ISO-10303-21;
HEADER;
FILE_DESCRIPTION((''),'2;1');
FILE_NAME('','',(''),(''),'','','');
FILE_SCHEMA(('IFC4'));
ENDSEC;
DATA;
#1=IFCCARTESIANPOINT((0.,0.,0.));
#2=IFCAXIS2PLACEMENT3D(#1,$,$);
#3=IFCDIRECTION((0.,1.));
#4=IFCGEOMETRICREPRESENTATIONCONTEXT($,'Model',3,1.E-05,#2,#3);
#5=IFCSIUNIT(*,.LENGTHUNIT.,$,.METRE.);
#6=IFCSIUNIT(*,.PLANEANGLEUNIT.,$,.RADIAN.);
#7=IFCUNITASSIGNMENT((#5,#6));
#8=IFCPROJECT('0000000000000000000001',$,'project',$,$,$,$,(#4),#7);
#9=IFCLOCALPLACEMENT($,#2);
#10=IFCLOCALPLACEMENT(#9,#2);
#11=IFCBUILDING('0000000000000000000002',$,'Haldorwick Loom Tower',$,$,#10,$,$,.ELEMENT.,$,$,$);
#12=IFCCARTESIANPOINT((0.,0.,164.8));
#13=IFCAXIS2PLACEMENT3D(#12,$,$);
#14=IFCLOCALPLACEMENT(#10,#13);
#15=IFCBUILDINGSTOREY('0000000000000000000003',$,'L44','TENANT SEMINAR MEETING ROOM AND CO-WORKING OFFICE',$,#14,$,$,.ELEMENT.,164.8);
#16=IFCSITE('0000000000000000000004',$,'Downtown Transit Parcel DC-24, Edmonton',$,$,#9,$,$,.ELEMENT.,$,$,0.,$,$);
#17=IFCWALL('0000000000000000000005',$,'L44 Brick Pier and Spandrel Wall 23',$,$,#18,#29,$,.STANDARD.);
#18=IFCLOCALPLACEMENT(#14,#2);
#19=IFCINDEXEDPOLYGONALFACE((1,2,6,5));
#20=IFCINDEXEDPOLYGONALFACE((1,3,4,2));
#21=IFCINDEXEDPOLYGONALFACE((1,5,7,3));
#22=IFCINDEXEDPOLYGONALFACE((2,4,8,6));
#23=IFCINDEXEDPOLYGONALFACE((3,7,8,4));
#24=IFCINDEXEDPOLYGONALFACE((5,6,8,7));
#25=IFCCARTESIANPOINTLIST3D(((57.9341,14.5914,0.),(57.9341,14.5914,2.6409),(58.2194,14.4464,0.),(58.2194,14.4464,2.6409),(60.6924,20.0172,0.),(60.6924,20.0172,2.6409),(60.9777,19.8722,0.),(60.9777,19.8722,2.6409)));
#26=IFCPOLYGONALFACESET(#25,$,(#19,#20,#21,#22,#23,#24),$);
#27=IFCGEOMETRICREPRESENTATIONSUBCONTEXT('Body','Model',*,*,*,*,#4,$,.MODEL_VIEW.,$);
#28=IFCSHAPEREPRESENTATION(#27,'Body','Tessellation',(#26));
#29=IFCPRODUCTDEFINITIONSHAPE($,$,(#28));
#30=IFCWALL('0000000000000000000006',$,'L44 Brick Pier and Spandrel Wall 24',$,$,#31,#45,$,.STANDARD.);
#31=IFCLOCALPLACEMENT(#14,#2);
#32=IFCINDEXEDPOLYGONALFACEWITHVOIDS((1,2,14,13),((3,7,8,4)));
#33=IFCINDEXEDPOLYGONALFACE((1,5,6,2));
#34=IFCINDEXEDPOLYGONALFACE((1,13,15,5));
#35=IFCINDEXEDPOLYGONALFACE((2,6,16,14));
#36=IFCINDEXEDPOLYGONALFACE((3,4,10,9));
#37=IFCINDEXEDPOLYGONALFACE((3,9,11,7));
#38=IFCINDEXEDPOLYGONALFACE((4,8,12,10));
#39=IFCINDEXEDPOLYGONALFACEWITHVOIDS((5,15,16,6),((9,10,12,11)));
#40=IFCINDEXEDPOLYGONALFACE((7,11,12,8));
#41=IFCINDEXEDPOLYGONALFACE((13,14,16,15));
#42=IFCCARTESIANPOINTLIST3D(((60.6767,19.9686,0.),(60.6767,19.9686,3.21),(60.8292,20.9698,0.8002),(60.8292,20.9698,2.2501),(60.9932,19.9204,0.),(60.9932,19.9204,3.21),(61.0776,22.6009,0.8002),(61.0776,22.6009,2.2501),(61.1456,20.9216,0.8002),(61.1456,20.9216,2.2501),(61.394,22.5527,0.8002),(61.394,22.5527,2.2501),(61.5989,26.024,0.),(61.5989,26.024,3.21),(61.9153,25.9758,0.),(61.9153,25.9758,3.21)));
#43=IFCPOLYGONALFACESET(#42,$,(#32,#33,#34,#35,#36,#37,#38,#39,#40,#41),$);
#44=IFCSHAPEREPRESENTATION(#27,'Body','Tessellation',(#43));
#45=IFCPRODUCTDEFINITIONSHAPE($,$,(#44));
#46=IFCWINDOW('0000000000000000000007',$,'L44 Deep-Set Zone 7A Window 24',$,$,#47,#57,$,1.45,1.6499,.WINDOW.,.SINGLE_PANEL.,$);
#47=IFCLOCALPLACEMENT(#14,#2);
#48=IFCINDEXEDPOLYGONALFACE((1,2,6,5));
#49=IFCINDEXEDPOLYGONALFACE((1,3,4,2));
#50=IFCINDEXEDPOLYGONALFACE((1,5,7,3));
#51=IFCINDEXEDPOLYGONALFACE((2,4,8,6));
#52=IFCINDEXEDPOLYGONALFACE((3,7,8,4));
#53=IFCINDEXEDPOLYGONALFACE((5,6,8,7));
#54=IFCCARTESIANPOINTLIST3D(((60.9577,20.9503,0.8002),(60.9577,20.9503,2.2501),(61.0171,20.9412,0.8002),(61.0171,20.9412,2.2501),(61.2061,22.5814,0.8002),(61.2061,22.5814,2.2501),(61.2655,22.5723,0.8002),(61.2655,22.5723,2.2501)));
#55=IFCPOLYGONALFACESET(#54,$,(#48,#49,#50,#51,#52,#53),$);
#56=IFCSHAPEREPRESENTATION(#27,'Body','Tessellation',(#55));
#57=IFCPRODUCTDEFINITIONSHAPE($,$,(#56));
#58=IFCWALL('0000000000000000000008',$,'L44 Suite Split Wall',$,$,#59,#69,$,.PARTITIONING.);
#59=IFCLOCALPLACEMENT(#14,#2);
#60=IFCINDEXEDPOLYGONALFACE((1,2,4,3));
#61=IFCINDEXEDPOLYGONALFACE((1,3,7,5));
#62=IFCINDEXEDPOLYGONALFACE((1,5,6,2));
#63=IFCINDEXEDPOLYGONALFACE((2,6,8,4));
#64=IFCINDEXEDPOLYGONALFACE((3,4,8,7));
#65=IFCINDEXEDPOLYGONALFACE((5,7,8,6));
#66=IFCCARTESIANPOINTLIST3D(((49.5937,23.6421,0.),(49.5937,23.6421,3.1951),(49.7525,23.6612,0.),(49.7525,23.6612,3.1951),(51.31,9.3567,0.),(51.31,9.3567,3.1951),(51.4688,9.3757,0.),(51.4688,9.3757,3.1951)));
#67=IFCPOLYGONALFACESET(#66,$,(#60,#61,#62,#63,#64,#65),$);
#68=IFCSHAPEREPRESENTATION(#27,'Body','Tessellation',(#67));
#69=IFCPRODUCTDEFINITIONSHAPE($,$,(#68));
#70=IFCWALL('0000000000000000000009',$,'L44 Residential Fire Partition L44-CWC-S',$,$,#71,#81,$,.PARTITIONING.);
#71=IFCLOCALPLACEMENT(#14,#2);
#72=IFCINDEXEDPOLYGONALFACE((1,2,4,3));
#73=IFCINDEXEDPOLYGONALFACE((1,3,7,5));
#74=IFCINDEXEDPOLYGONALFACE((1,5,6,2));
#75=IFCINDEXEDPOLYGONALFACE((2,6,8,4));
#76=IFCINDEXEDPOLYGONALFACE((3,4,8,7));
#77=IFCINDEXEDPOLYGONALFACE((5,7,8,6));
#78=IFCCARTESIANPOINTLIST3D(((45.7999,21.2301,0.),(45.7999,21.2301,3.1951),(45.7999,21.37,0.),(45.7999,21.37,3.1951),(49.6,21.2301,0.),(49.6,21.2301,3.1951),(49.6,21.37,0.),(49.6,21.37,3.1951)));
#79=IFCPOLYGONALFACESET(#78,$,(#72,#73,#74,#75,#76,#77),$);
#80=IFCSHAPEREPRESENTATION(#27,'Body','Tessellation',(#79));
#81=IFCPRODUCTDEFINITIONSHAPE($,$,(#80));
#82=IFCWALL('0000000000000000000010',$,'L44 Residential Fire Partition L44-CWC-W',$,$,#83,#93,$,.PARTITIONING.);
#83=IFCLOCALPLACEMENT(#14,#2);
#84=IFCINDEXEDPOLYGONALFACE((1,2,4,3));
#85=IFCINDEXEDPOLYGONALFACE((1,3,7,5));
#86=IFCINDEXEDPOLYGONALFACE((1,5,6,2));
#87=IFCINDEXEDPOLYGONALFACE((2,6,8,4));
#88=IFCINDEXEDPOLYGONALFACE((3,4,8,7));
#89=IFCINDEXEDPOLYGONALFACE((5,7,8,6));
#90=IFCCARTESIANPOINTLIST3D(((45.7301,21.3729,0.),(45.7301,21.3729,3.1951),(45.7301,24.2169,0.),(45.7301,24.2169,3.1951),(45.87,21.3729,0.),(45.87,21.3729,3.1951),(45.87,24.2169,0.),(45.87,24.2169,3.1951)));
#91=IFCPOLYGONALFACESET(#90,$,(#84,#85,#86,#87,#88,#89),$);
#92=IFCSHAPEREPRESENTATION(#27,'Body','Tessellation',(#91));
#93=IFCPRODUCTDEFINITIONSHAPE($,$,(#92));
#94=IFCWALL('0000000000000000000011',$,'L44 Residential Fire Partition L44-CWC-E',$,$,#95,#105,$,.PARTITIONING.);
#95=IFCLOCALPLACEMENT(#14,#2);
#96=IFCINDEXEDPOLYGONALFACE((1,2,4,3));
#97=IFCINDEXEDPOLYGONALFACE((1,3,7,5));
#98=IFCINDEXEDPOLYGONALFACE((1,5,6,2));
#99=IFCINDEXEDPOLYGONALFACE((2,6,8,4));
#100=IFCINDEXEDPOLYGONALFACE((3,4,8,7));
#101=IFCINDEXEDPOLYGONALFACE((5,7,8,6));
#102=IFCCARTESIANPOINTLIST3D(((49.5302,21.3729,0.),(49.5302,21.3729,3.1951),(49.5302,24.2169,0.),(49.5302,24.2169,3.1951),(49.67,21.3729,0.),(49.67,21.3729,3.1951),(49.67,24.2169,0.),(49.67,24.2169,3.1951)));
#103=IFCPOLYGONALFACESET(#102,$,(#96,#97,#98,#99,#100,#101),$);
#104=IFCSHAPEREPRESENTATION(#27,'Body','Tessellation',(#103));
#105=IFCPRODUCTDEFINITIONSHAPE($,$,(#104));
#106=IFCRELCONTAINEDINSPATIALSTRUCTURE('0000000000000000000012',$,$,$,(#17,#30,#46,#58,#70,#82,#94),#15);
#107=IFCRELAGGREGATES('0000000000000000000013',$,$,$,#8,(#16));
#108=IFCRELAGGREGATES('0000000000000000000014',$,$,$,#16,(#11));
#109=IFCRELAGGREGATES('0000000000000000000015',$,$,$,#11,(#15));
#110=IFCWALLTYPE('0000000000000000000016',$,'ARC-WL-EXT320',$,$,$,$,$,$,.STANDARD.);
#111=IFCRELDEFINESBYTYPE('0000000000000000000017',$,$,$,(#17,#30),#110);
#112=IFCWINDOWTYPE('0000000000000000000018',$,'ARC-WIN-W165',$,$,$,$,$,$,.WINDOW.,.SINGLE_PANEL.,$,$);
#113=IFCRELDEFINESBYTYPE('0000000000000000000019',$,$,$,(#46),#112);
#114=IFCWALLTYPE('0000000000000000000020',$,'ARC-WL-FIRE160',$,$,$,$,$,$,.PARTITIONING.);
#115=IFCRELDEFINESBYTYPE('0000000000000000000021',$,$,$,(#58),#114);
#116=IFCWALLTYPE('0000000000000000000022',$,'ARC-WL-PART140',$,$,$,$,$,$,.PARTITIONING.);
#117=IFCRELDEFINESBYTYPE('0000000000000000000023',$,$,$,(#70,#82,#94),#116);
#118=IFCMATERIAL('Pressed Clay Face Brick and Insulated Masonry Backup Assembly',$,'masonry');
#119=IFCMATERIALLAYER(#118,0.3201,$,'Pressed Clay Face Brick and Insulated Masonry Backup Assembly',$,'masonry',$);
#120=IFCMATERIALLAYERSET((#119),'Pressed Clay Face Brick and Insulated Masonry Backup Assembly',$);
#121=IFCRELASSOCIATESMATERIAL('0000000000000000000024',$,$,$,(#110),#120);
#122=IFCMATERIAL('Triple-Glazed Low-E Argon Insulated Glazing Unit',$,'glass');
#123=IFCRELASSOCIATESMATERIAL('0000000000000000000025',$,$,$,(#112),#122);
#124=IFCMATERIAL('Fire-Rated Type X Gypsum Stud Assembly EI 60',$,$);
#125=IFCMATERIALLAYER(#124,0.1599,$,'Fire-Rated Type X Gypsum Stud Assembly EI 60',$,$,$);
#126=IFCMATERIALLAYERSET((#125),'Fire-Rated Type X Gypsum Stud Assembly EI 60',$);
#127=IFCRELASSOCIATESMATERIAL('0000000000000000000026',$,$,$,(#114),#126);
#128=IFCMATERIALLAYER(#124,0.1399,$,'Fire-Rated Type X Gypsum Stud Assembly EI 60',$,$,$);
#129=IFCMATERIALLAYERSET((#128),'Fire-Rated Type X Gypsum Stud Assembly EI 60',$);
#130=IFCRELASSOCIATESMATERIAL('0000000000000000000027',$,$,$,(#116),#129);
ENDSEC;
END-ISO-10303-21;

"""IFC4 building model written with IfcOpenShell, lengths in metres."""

from ifc_helpers import new_model, si_unit, direction, frame, frame_2d, origin, place, context, subcontext, project, spatial, rectangle, extrude, material, layer, layer_set, type_object, element, fill, save


model = new_model("IFC4")

# Units and contexts
model_context = context("Model", 3, precision=1e-05, world=origin(), true_north=direction((0.0, 1.0)))
body_context = subcontext(model_context, "Body", "Model", "MODEL_VIEW")
ifc_project = project(units=[si_unit("LENGTHUNIT", "METRE"), si_unit("PLANEANGLEUNIT", "RADIAN")], contexts=[model_context])

# Site, building, storey
site_placement = place(None, origin())
site = spatial("IfcSite", under=ifc_project, at=site_placement, Name="Downtown Transit Parcel DC-24, Edmonton", CompositionType="ELEMENT", RefElevation=0.0)
building_placement = place(site_placement, origin())
building = spatial("IfcBuilding", under=site, at=building_placement, Name="Haldorwick Loom Tower", CompositionType="ELEMENT")
storey_placement = place(building_placement, frame((0.0, 0.0, 164.8)))
storey = spatial("IfcBuildingStorey", under=building, at=storey_placement, Name="L44", Description="TENANT SEMINAR MEETING ROOM AND CO-WORKING OFFICE", CompositionType="ELEMENT", Elevation=164.8)

# Shared definitions
ifc_material_1 = material(Name="Pressed Clay Face Brick and Insulated Masonry Backup Assembly", Category="masonry")
ifc_layer_1 = layer(ifc_material_1, 0.3201, Name="Pressed Clay Face Brick and Insulated Masonry Backup Assembly", Category="masonry")
ifc_layer_set_1 = layer_set([ifc_layer_1], Name="Pressed Clay Face Brick and Insulated Masonry Backup Assembly")
wall_type_1 = type_object("IfcWallType", Name="ARC-WL-EXT320", PredefinedType="STANDARD", material=ifc_layer_set_1)

# Wall
for number, where, z_axis, x_axis, name in (
    (1, (58.0767, 14.5188, 0.0), (0.0, 0.0, 1.0), (0.453172, 0.891423, 0.0), "L44 Brick Pier and Spandrel Wall 23"),
):
    element("IfcWall", number, at=place(storey_placement, frame(where, z_axis=z_axis, x_axis=x_axis)), inside=storey, type_object=wall_type_1, Name=name, PredefinedType="STANDARD", context=body_context, shape_type="SweptSolid", body=[
        extrude(rectangle(XDim=6.0867, YDim=0.3201, at=frame_2d((3.0435, 0.0))), origin(), (0.0, 0.0, 1.0), 2.6409),
    ])

# Wall, opening, window
wall_1_placement = place(storey_placement, frame((60.835, 19.9446, 0.0), z_axis=(0.0, 0.0, 1.0), x_axis=(0.150544, 0.988603, 0.0)))
wall_1 = element("IfcWall", 2, at=wall_1_placement, inside=storey, type_object=wall_type_1, Name="L44 Brick Pier and Spandrel Wall 24", PredefinedType="STANDARD", context=body_context, shape_type="SweptSolid", body=[
    extrude(rectangle(XDim=6.1252, YDim=0.3201, at=frame_2d((3.0625, 0.0))), origin(), (0.0, 0.0, 1.0), 3.21),
])
opening_1_placement = place(wall_1_placement, frame((1.0127, 0.0, 0.8)))
opening_1 = element("IfcOpeningElement", 3, at=opening_1_placement, cuts=wall_1, PredefinedType="OPENING", context=body_context, shape_type="SweptSolid", body=[
    extrude(rectangle(XDim=1.6499, YDim=1.45, at=frame_2d((0.825, 0.7251))), frame((0.0, 0.1699, 0.0), z_axis=(0.0, -1.0, 0.0), x_axis=(1.0, 0.0, 0.0)), (0.0, 0.0, 1.0), 0.3401),
])
ifc_material_2 = material(Name="Triple-Glazed Low-E Argon Insulated Glazing Unit", Category="glass")
window_type = type_object("IfcWindowType", Name="ARC-WIN-W165", PartitioningType="SINGLE_PANEL", PredefinedType="WINDOW", material=ifc_material_2)
window_placement = place(opening_1_placement, origin())
window = element("IfcWindow", 4, at=window_placement, inside=storey, type_object=window_type, Name="L44 Deep-Set Zone 7A Window 24", OverallHeight=1.45, OverallWidth=1.6499, PartitioningType="SINGLE_PANEL", PredefinedType="WINDOW", context=body_context, shape_type="SweptSolid", body=[
    extrude(rectangle(XDim=1.6499, YDim=1.45, at=frame_2d((0.825, 0.7251))), frame((0.0, 0.03, 0.0), z_axis=(0.0, -1.0, 0.0), x_axis=(1.0, 0.0, 0.0)), (0.0, 0.0, 1.0), 0.0601),
])
fill(opening_1, window)

# Walls
ifc_material_3 = material(Name="Fire-Rated Type X Gypsum Stud Assembly EI 60")
ifc_layer_2 = layer(ifc_material_3, 0.1599, Name="Fire-Rated Type X Gypsum Stud Assembly EI 60")
ifc_layer_set_2 = layer_set([ifc_layer_2], Name="Fire-Rated Type X Gypsum Stud Assembly EI 60")
wall_type_2 = type_object("IfcWallType", Name="ARC-WL-FIRE160", PredefinedType="PARTITIONING", material=ifc_layer_set_2)
wall_2_placement = place(storey_placement, frame((51.3894, 9.3662, 0.0), z_axis=(0.0, 0.0, 1.0), x_axis=(-0.119286, 0.99286, 0.0)))
element("IfcWall", 5, at=wall_2_placement, inside=storey, type_object=wall_type_2, Name="L44 Suite Split Wall", PredefinedType="PARTITIONING", context=body_context, shape_type="SweptSolid", body=[
    extrude(rectangle(XDim=14.3882, YDim=0.1599, at=frame_2d((7.1941, 0.0))), origin(), (0.0, 0.0, 1.0), 3.1951),
])
ifc_layer_3 = layer(ifc_material_3, 0.1399, Name="Fire-Rated Type X Gypsum Stud Assembly EI 60")
ifc_layer_set_3 = layer_set([ifc_layer_3], Name="Fire-Rated Type X Gypsum Stud Assembly EI 60")
wall_type_3 = type_object("IfcWallType", Name="ARC-WL-PART140", PredefinedType="PARTITIONING", material=ifc_layer_set_3)
wall_3_placement = place(storey_placement, frame((45.8, 21.3, 0.0), z_axis=(0.0, 0.0, 1.0), x_axis=(1.0, 0.0, 0.0)))
element("IfcWall", 6, at=wall_3_placement, inside=storey, type_object=wall_type_3, Name="L44 Residential Fire Partition L44-CWC-S", PredefinedType="PARTITIONING", context=body_context, shape_type="SweptSolid", body=[
    extrude(rectangle(XDim=3.8, YDim=0.1399, at=frame_2d((1.8999, 0.0))), origin(), (0.0, 0.0, 1.0), 3.1951),
])
for number, where, z_axis, x_axis, name in (
    (7, (45.8, 21.373, 0.0), (0.0, 0.0, 1.0), (0.0, 1.0, 0.0), "L44 Residential Fire Partition L44-CWC-W"),
    (8, (49.6001, 21.373, 0.0), (0.0, 0.0, 1.0), (0.0, 1.0, 0.0), "L44 Residential Fire Partition L44-CWC-E"),
):
    element("IfcWall", number, at=place(storey_placement, frame(where, z_axis=z_axis, x_axis=x_axis)), inside=storey, type_object=wall_type_3, Name=name, PredefinedType="PARTITIONING", context=body_context, shape_type="SweptSolid", body=[
        extrude(rectangle(XDim=2.844, YDim=0.1399, at=frame_2d((1.4219, 0.0))), origin(), (0.0, 0.0, 1.0), 3.1951),
    ])

save(model, "model.ifc")
